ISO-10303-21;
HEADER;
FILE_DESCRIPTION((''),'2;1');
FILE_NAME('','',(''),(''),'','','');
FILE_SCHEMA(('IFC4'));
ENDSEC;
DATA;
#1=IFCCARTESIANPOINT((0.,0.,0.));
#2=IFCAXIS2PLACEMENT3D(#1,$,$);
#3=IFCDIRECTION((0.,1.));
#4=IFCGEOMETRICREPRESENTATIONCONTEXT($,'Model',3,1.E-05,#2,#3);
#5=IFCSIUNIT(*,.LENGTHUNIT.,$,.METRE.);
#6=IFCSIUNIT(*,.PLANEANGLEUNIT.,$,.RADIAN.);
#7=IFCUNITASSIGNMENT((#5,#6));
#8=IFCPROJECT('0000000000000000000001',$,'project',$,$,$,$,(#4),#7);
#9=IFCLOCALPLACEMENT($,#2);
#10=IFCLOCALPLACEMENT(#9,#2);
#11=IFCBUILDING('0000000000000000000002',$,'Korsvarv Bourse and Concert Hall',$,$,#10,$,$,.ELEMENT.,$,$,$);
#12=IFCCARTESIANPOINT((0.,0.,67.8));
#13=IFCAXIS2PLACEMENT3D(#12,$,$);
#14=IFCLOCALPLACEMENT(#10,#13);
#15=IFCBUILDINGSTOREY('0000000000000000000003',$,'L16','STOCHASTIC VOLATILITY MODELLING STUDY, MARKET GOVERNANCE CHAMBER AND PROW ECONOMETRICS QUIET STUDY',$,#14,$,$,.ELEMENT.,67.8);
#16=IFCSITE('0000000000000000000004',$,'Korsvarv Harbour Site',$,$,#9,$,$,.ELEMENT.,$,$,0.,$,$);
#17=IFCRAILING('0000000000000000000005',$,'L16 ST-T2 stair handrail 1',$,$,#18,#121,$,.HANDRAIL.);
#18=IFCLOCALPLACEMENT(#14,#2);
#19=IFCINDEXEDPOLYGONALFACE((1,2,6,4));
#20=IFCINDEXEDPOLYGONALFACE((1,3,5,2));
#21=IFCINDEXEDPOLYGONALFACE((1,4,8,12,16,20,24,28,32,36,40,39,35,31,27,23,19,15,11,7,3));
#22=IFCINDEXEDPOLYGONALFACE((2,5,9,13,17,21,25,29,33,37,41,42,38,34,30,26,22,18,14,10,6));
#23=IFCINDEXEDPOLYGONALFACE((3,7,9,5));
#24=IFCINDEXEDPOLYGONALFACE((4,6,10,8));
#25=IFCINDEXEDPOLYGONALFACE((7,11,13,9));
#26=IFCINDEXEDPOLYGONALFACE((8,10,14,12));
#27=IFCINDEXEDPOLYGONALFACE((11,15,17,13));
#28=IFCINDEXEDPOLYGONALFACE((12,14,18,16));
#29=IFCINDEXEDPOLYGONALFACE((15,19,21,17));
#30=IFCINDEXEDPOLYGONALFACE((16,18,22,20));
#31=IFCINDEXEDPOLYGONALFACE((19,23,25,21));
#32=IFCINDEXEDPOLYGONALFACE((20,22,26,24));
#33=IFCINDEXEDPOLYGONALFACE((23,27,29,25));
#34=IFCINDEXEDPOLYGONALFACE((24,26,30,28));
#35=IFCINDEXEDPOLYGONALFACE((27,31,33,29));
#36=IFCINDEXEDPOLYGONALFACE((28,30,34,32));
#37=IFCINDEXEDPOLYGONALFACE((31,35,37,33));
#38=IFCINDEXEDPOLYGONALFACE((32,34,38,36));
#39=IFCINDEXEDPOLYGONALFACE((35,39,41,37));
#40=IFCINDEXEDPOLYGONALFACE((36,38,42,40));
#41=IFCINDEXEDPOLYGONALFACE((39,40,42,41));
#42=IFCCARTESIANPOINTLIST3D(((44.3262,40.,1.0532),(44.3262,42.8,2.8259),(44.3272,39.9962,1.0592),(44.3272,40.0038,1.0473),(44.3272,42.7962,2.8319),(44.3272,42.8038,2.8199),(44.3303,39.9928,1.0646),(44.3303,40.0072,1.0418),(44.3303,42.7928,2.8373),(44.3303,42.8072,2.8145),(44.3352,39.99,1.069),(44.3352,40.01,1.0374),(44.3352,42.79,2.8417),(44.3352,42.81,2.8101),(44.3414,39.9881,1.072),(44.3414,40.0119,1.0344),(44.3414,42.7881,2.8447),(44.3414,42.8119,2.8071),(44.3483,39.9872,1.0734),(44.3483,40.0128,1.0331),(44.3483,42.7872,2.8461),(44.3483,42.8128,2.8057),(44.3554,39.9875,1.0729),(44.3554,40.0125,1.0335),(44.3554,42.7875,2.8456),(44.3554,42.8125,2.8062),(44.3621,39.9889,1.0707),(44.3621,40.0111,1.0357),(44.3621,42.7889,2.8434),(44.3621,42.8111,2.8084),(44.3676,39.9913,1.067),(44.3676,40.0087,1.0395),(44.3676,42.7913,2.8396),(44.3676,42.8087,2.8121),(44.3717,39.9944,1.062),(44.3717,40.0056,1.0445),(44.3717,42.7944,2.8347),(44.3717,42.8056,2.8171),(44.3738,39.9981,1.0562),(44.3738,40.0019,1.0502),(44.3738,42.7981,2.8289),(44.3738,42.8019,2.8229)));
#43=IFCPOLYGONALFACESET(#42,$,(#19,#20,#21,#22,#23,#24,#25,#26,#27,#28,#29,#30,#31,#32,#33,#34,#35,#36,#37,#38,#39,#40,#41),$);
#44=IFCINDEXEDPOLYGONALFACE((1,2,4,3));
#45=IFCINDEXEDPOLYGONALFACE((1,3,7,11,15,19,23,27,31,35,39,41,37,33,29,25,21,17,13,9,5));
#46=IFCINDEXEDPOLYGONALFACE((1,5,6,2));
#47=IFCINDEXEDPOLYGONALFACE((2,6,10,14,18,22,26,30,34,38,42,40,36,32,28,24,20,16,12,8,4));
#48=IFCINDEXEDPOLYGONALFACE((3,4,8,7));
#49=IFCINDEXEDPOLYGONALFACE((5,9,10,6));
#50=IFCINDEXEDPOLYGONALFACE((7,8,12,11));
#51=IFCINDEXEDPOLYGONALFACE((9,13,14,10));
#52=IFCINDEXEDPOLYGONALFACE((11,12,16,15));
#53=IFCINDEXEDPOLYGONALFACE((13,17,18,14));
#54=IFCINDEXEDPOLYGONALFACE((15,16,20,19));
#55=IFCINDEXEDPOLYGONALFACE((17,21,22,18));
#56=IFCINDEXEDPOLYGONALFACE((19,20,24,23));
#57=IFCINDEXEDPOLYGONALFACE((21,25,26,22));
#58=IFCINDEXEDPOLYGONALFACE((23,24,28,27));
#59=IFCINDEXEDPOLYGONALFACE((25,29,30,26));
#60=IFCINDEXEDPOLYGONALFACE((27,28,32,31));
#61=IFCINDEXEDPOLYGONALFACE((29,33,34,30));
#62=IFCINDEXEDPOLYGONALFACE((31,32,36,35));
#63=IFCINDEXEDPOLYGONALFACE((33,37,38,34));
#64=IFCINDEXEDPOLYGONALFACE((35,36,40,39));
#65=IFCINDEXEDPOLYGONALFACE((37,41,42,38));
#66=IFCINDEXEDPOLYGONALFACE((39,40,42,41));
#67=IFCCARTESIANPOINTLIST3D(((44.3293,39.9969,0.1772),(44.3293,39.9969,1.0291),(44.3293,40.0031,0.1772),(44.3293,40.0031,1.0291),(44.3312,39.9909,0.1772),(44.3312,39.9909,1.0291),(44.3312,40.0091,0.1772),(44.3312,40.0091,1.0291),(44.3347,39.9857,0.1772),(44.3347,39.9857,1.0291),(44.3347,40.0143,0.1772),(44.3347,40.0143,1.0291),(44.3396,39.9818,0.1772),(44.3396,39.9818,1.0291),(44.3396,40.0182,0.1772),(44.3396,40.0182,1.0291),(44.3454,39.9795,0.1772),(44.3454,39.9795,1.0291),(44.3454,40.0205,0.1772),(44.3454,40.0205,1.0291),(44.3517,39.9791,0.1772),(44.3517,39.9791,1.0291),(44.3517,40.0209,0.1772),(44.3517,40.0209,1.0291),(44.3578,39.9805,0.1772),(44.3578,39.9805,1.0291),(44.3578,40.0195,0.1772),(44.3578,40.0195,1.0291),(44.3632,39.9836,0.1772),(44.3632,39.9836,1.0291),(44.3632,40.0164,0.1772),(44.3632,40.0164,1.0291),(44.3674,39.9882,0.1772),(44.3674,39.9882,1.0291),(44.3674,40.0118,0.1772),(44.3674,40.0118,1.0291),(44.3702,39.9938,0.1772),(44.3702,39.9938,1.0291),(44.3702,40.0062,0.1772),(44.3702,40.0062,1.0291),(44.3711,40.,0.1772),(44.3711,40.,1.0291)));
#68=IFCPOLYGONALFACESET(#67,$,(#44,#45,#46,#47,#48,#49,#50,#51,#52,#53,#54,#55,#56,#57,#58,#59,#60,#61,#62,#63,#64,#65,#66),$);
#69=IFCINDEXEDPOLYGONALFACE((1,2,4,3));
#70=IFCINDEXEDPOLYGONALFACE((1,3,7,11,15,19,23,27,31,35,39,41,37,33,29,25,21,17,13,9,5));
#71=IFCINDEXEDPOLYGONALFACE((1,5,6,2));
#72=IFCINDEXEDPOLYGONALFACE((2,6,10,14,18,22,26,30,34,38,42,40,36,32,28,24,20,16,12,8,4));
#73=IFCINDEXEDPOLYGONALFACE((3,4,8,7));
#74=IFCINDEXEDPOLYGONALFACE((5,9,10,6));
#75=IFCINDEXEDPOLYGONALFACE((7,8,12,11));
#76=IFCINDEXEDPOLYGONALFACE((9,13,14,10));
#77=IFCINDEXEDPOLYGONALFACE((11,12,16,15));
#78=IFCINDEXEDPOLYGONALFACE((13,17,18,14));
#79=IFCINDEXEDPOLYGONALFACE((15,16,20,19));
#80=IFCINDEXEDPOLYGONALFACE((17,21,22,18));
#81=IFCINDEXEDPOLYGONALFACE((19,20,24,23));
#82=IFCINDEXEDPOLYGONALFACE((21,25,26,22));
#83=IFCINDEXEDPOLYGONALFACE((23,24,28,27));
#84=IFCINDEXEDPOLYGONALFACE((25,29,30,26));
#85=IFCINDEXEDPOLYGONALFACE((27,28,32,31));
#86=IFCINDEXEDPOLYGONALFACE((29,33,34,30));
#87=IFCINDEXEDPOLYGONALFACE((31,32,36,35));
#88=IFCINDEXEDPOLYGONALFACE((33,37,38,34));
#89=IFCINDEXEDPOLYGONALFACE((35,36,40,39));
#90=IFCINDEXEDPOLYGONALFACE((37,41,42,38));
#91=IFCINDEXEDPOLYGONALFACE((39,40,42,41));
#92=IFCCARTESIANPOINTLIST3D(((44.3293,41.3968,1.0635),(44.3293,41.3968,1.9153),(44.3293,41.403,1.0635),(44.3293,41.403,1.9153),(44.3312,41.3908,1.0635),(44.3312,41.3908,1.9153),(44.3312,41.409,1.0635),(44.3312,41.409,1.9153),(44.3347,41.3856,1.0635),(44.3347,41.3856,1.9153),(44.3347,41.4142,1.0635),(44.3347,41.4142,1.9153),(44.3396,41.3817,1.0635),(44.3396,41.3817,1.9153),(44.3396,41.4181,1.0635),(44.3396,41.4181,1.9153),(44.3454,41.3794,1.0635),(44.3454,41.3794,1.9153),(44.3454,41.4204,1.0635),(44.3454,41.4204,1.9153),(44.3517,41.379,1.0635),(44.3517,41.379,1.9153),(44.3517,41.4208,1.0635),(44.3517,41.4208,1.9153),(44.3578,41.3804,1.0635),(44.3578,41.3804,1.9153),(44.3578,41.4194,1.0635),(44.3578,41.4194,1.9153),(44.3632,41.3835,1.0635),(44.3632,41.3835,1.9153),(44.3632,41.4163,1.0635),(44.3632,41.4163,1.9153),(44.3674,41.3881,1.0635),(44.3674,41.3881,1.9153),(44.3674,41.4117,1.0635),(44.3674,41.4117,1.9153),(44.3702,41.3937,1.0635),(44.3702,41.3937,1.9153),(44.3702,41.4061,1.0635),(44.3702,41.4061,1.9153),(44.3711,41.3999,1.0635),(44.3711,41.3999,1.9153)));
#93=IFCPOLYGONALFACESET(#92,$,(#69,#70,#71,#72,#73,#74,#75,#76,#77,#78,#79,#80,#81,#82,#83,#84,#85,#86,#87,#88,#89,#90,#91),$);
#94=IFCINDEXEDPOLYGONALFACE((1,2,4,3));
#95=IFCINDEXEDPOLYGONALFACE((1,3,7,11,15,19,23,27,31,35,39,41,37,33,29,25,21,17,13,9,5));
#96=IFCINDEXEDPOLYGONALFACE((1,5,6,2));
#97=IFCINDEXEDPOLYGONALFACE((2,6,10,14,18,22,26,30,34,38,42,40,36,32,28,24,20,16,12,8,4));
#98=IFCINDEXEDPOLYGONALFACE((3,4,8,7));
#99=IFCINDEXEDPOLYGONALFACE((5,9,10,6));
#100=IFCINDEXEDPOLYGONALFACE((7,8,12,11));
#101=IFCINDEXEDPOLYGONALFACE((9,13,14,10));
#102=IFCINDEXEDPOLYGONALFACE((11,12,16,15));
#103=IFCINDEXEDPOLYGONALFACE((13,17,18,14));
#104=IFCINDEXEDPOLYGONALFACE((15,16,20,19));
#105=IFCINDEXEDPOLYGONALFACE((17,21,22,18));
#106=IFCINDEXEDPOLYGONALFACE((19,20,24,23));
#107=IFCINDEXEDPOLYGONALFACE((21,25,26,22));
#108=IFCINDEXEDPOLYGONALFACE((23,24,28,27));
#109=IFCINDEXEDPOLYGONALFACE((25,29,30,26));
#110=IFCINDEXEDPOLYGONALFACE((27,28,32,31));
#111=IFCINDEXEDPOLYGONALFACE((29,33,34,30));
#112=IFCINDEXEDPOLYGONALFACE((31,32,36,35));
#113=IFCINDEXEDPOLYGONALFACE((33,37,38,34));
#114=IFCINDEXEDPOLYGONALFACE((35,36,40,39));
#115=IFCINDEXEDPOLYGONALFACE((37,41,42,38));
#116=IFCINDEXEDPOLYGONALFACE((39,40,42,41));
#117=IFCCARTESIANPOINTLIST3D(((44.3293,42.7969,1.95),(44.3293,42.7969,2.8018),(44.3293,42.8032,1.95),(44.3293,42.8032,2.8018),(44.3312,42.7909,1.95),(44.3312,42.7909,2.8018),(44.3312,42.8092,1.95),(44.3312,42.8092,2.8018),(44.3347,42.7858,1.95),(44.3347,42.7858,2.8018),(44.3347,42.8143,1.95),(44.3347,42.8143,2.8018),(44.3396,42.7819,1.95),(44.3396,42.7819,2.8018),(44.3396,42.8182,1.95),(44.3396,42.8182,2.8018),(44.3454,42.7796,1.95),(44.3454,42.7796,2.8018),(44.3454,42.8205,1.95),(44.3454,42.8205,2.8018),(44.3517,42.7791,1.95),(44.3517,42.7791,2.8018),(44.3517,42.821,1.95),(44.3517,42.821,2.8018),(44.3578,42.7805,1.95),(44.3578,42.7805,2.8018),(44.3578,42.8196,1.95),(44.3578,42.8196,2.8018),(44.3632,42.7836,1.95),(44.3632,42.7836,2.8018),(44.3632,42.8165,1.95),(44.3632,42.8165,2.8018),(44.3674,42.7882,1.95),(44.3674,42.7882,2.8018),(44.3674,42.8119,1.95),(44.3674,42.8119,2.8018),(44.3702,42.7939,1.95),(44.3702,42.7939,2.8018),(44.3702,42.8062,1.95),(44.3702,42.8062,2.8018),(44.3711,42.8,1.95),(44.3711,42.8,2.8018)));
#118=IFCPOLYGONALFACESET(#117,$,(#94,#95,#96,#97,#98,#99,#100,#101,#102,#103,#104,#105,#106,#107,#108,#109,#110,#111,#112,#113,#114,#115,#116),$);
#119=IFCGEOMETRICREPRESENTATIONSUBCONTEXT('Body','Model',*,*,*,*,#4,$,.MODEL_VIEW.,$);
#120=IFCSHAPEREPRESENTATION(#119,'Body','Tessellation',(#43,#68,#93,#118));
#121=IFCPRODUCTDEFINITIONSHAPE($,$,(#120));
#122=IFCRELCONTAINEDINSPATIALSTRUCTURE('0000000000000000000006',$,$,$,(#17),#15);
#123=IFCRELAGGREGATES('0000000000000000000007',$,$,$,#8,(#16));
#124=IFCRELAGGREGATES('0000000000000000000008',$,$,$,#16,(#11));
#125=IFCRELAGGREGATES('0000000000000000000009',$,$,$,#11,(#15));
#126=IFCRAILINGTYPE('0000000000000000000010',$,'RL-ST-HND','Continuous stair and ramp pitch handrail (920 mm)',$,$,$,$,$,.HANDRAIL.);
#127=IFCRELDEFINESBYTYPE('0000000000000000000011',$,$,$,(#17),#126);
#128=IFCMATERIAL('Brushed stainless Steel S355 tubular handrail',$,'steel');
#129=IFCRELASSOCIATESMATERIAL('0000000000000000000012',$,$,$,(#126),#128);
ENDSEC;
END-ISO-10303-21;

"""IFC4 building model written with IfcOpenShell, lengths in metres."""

from ifc_helpers import new_model, si_unit, direction, frame, origin, origin_2d, place, context, subcontext, project, spatial, circle, extrude, material, type_object, element, save


model = new_model("IFC4")

# Units and contexts
model_context = context("Model", 3, precision=1e-05, world=origin(), true_north=direction((0.0, 1.0)))
body_context = subcontext(model_context, "Body", "Model", "MODEL_VIEW")
ifc_project = project(units=[si_unit("LENGTHUNIT", "METRE"), si_unit("PLANEANGLEUNIT", "RADIAN")], contexts=[model_context])

# Site, building, storey
site_placement = place(None, origin())
site = spatial("IfcSite", under=ifc_project, at=site_placement, Name="Korsvarv Harbour Site", CompositionType="ELEMENT", RefElevation=0.0)
building_placement = place(site_placement, origin())
building = spatial("IfcBuilding", under=site, at=building_placement, Name="Korsvarv Bourse and Concert Hall", CompositionType="ELEMENT")
storey_placement = place(building_placement, frame((0.0, 0.0, 67.8)))
storey = spatial("IfcBuildingStorey", under=building, at=storey_placement, Name="L16", Description="STOCHASTIC VOLATILITY MODELLING STUDY, MARKET GOVERNANCE CHAMBER AND PROW ECONOMETRICS QUIET STUDY", CompositionType="ELEMENT", Elevation=67.8)

# Railing
ifc_material_1 = material(Name="Brushed stainless Steel S355 tubular handrail", Category="steel")
railing_type_1 = type_object("IfcRailingType", Name="RL-ST-HND", Description="Continuous stair and ramp pitch handrail (920 mm)", PredefinedType="HANDRAIL", material=ifc_material_1)
railing_1_placement = place(storey_placement, frame((44.3501, 40.0, 0.1772)))
element("IfcRailing", 1, at=railing_1_placement, inside=storey, type_object=railing_type_1, Name="L16 ST-T2 stair handrail 1", PredefinedType="HANDRAIL", context=body_context, shape_type="SweptSolid", body=[
    extrude(circle(Radius=0.0239, at=origin_2d()), frame((0.0, 0.0, 0.876), z_axis=(0.0, 0.844909, 0.53491), x_axis=(-1.0, 0.0, 0.0)), (0.0, 0.0, 1.0), 3.314),
    extrude(circle(Radius=0.021, at=origin_2d()), origin(), (0.0, 0.0, 1.0), 0.8518),
    extrude(circle(Radius=0.021, at=origin_2d()), frame((0.0, 1.3999, 0.8862)), (0.0, 0.0, 1.0), 0.8518),
    extrude(circle(Radius=0.021, at=origin_2d()), frame((0.0, 2.8, 1.7727)), (0.0, 0.0, 1.0), 0.8518),
])

save(model, "model.ifc")
